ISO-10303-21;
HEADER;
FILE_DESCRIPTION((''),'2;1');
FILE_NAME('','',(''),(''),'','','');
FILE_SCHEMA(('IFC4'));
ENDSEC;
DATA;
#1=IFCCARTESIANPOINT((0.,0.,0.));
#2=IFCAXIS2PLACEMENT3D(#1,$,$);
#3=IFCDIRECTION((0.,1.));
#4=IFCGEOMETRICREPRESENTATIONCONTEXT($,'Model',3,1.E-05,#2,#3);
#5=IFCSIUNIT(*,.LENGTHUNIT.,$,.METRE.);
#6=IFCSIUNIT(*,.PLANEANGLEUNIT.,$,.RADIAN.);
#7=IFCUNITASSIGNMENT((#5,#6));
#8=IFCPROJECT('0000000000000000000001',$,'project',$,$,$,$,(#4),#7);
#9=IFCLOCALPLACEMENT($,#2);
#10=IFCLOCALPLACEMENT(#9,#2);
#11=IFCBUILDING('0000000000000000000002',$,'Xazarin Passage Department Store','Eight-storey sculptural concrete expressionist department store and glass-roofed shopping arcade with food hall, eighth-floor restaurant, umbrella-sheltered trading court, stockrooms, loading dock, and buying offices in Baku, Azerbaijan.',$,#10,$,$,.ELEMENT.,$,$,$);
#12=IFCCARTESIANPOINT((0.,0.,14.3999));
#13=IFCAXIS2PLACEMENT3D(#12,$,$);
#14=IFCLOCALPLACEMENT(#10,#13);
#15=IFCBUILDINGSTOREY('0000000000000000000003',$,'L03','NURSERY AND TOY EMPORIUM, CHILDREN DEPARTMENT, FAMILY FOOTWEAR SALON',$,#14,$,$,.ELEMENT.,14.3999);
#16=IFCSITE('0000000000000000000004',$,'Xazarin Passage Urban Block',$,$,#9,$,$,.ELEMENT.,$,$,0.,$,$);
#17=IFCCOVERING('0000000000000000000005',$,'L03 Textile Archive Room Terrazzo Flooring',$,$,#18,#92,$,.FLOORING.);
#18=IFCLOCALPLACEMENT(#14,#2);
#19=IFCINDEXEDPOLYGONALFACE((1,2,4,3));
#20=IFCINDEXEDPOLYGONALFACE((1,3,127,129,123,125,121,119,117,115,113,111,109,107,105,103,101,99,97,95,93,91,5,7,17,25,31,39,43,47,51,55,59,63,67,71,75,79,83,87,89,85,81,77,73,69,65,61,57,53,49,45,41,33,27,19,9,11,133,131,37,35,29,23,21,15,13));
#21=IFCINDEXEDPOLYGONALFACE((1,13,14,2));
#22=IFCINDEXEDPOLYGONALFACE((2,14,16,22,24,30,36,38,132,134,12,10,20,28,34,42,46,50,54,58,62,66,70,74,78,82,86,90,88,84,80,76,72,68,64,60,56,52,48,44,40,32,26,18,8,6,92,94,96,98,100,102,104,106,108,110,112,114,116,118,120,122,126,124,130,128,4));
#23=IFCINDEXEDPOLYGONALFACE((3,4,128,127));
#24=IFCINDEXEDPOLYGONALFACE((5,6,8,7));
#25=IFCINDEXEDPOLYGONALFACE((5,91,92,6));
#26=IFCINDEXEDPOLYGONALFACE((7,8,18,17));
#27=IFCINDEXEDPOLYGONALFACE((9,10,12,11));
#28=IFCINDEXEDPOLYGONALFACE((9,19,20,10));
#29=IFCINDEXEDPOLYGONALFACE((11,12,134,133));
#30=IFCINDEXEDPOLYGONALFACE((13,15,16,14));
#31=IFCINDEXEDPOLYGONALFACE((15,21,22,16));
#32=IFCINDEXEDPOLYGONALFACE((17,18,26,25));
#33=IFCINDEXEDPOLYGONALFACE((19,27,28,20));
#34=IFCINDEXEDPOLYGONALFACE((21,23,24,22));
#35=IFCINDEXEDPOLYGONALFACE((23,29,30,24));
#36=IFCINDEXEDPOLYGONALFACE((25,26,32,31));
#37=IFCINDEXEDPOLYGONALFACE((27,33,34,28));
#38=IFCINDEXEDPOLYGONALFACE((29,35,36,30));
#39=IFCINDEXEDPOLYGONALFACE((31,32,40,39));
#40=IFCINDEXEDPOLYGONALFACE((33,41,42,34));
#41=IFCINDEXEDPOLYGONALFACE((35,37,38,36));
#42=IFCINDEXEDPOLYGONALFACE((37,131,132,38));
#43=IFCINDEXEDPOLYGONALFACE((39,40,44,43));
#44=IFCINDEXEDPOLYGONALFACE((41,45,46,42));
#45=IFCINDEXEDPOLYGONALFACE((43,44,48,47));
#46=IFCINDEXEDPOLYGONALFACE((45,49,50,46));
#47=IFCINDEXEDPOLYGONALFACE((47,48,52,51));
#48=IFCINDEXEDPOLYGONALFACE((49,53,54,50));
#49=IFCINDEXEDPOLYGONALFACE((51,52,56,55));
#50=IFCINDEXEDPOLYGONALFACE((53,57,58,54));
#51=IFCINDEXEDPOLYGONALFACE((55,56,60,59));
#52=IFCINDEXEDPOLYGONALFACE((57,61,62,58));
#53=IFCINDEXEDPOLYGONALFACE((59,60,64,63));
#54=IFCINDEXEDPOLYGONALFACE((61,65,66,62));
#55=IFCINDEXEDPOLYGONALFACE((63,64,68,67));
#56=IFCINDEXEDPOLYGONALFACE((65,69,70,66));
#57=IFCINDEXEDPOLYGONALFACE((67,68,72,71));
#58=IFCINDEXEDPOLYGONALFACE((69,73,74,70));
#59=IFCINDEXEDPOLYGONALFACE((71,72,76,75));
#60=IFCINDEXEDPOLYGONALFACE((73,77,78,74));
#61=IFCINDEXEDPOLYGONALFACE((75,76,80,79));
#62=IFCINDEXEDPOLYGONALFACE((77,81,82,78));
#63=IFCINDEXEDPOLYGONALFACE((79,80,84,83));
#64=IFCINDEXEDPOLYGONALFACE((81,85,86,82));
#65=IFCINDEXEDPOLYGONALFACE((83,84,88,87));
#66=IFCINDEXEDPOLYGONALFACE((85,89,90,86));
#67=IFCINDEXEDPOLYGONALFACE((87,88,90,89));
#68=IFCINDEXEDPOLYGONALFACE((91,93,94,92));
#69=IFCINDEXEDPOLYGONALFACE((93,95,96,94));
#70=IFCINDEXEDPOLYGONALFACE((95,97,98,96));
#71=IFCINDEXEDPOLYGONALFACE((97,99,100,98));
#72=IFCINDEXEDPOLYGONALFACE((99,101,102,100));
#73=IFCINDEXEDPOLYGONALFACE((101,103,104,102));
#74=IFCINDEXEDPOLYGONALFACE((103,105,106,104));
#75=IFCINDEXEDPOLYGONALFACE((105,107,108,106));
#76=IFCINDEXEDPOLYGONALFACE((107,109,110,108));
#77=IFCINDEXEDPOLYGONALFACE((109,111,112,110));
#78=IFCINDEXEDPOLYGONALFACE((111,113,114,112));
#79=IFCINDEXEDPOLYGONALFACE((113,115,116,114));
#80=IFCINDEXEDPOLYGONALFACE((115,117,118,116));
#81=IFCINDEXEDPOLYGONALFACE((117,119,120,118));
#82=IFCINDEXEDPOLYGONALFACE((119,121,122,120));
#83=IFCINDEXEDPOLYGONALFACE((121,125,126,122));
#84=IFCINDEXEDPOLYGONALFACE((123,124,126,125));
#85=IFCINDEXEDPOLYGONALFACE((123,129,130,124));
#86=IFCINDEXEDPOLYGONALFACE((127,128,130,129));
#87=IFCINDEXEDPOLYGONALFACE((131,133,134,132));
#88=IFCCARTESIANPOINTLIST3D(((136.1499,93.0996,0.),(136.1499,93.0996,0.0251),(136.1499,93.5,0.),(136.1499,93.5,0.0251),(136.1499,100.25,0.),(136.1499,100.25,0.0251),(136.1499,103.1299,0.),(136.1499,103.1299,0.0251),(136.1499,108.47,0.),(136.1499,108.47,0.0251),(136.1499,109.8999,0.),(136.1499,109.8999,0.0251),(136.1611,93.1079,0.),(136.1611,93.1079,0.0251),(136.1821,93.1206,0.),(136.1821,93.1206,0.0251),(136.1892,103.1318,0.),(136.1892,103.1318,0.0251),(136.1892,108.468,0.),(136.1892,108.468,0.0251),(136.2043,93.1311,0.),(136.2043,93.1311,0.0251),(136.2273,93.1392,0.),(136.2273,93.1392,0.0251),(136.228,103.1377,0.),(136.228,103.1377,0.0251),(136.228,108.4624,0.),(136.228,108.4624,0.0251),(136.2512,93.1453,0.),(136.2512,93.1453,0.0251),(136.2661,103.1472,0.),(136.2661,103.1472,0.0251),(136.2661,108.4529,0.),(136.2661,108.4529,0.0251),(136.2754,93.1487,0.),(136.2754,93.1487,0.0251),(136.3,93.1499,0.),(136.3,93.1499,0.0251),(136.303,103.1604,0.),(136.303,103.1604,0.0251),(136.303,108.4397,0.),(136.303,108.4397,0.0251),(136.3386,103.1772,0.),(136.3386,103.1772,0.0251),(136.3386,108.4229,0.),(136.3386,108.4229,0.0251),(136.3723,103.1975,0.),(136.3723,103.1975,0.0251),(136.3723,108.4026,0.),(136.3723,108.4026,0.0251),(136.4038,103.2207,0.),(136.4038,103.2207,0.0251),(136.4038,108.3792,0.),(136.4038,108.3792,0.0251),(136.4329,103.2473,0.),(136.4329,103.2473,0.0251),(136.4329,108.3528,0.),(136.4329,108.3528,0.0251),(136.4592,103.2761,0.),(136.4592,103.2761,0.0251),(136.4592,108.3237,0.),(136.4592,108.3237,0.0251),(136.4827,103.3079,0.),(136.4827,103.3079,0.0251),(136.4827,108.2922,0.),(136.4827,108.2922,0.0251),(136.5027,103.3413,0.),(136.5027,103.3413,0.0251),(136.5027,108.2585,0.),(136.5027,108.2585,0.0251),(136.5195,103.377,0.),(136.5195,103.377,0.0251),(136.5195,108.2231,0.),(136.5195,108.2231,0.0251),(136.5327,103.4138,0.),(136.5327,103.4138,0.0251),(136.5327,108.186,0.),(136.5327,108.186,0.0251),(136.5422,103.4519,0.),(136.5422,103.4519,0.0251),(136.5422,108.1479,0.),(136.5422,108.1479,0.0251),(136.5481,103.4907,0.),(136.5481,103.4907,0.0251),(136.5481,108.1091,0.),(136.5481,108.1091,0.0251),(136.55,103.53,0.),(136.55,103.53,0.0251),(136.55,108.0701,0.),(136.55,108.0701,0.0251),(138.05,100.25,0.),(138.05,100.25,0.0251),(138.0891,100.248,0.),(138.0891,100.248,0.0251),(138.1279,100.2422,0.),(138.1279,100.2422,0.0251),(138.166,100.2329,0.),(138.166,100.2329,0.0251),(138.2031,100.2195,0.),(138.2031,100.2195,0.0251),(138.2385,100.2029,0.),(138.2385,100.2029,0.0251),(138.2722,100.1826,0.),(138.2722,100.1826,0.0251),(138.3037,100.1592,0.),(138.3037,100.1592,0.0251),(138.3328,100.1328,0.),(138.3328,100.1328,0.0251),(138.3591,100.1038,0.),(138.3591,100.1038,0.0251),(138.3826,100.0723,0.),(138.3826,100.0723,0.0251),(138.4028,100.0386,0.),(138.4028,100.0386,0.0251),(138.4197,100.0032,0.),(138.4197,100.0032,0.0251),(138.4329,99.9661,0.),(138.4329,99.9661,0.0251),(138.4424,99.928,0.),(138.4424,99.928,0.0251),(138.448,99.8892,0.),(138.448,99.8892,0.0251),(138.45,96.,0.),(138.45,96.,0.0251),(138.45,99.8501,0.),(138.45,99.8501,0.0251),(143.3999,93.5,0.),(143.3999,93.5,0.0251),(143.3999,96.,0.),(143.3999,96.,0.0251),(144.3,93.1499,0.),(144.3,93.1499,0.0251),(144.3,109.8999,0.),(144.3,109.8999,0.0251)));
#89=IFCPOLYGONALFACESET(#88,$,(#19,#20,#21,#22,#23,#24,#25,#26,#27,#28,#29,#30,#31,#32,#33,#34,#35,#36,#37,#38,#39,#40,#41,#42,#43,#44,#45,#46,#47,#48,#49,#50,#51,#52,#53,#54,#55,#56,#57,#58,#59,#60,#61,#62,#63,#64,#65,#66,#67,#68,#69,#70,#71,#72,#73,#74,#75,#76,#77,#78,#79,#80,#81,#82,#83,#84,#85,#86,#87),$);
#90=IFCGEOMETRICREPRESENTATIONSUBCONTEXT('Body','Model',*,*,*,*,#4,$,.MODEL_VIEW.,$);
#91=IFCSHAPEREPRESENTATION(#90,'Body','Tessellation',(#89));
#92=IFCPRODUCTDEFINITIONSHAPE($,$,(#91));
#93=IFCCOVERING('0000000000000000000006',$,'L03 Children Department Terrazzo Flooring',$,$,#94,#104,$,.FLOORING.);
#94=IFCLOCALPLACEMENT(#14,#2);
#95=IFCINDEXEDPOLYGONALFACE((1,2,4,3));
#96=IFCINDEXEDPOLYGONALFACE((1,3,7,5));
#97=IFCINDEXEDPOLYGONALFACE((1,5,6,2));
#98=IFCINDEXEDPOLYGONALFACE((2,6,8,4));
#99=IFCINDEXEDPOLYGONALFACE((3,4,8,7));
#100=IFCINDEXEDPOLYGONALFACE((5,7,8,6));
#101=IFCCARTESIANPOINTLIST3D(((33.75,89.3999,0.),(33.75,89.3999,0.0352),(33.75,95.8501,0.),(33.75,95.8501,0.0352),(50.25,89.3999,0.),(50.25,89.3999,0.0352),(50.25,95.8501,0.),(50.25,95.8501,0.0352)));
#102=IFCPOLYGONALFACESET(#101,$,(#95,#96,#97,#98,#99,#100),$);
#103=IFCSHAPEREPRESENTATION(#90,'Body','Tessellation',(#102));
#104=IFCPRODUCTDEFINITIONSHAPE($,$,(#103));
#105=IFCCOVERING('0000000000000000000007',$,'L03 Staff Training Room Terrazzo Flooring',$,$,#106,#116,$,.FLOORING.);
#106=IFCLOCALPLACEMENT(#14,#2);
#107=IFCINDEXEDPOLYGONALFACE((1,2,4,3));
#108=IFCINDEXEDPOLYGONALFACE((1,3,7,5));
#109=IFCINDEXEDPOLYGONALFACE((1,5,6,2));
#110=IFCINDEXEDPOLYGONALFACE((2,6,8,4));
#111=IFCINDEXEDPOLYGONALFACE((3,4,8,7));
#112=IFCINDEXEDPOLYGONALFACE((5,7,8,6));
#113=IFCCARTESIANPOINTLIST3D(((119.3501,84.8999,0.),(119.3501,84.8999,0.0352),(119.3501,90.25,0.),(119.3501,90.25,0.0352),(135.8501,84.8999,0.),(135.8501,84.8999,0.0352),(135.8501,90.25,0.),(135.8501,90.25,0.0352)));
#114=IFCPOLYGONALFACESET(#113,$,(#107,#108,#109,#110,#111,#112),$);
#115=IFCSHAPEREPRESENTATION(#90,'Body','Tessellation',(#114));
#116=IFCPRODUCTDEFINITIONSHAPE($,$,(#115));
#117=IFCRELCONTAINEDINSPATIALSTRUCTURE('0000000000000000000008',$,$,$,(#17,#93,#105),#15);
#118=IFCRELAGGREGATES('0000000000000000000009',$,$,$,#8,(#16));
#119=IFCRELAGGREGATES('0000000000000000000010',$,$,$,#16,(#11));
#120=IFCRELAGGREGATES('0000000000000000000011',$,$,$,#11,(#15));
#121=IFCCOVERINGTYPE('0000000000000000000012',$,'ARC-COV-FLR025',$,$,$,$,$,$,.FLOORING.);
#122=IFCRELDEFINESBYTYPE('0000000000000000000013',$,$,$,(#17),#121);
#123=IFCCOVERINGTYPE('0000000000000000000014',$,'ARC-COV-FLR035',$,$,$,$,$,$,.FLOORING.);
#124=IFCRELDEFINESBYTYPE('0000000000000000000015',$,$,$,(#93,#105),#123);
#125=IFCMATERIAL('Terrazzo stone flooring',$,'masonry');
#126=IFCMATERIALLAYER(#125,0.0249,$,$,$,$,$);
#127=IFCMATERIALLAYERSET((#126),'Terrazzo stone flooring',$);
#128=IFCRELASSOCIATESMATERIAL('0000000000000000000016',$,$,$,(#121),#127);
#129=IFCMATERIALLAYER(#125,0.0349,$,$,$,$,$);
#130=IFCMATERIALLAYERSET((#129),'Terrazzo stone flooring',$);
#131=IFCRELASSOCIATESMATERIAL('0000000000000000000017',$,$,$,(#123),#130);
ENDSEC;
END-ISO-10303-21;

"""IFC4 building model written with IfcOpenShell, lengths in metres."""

from ifc_helpers import new_model, si_unit, direction, frame, origin, place, context, subcontext, project, spatial, polyline, outline, extrude, material, layer, layer_set, type_object, element, save


model = new_model("IFC4")

# Units and contexts
model_context = context("Model", 3, precision=1e-05, world=origin(), true_north=direction((0.0, 1.0)))
body_context = subcontext(model_context, "Body", "Model", "MODEL_VIEW")
ifc_project = project(units=[si_unit("LENGTHUNIT", "METRE"), si_unit("PLANEANGLEUNIT", "RADIAN")], contexts=[model_context])

# Site, building, storey
site_placement = place(None, origin())
site = spatial("IfcSite", under=ifc_project, at=site_placement, Name="Xazarin Passage Urban Block", CompositionType="ELEMENT", RefElevation=0.0)
building_placement = place(site_placement, origin())
building = spatial("IfcBuilding", under=site, at=building_placement, Name="Xazarin Passage Department Store", Description="Eight-storey sculptural concrete expressionist department store and glass-roofed shopping arcade with food hall, eighth-floor restaurant, umbrella-sheltered trading court, stockrooms, loading dock, and buying offices in Baku, Azerbaijan.", CompositionType="ELEMENT")
storey_placement = place(building_placement, frame((0.0, 0.0, 14.3999)))
storey = spatial("IfcBuildingStorey", under=building, at=storey_placement, Name="L03", Description="NURSERY AND TOY EMPORIUM, CHILDREN DEPARTMENT, FAMILY FOOTWEAR SALON", CompositionType="ELEMENT", Elevation=14.3999)

# Coverings
ifc_material_1 = material(Name="Terrazzo stone flooring", Category="masonry")
ifc_layer_1 = layer(ifc_material_1, 0.0249)
ifc_layer_set_1 = layer_set([ifc_layer_1], Name="Terrazzo stone flooring")
covering_type_1 = type_object("IfcCoveringType", Name="ARC-COV-FLR025", PredefinedType="FLOORING", material=ifc_layer_set_1)
covering_1_placement = place(storey_placement, origin())
element("IfcCovering", 1, at=covering_1_placement, inside=storey, type_object=covering_type_1, Name="L03 Textile Archive Room Terrazzo Flooring", PredefinedType="FLOORING", context=body_context, shape_type="SweptSolid", body=[
    extrude(outline(polyline([(136.1499, 108.47), (136.1892, 108.468), (136.228, 108.4624), (136.2661, 108.4529), (136.303, 108.4397), (136.3386, 108.4229), (136.3723, 108.4026), (136.4038, 108.3792), (136.4329, 108.3528), (136.4592, 108.3237), (136.4827, 108.2922), (136.5027, 108.2585), (136.5195, 108.2231), (136.5327, 108.186), (136.5422, 108.1479), (136.5481, 108.1091), (136.55, 108.0701), (136.55, 103.53), (136.5481, 103.4907), (136.5422, 103.4519), (136.5327, 103.4138), (136.5195, 103.377), (136.5027, 103.3413), (136.4827, 103.3079), (136.4592, 103.2761), (136.4329, 103.2473), (136.4038, 103.2207), (136.3723, 103.1975), (136.3386, 103.1772), (136.303, 103.1604), (136.2661, 103.1472), (136.228, 103.1377), (136.1892, 103.1318), (136.1499, 103.1299), (136.1499, 100.25), (138.05, 100.25), (138.0891, 100.248), (138.1279, 100.2422), (138.166, 100.2329), (138.2031, 100.2195), (138.2385, 100.2029), (138.2722, 100.1826), (138.3037, 100.1592), (138.3328, 100.1328), (138.3591, 100.1038), (138.3826, 100.0723), (138.4028, 100.0386), (138.4197, 100.0032), (138.4329, 99.9661), (138.4424, 99.928), (138.448, 99.8892), (138.45, 99.8501), (138.45, 96.0), (143.3999, 96.0), (143.3999, 93.5), (136.1499, 93.5), (136.1499, 93.0996), (136.1611, 93.1079), (136.1821, 93.1206), (136.2043, 93.1311), (136.2273, 93.1392), (136.2512, 93.1453), (136.2754, 93.1487), (136.3, 93.1499), (144.3, 93.1499), (144.3, 109.8999), (136.1499, 109.8999), (136.1499, 108.47)])), origin(), (0.0, 0.0, 1.0), 0.0251),
])
ifc_layer_2 = layer(ifc_material_1, 0.0349)
ifc_layer_set_2 = layer_set([ifc_layer_2], Name="Terrazzo stone flooring")
covering_type_2 = type_object("IfcCoveringType", Name="ARC-COV-FLR035", PredefinedType="FLOORING", material=ifc_layer_set_2)
covering_2_placement = place(storey_placement, origin())
element("IfcCovering", 2, at=covering_2_placement, inside=storey, type_object=covering_type_2, Name="L03 Children Department Terrazzo Flooring", PredefinedType="FLOORING", context=body_context, shape_type="SweptSolid", body=[
    extrude(outline(polyline([(33.75, 89.3999), (50.25, 89.3999), (50.25, 95.8501), (33.75, 95.8501), (33.75, 89.3999)])), origin(), (0.0, 0.0, 1.0), 0.0352),
])
covering_3_placement = place(storey_placement, origin())
element("IfcCovering", 3, at=covering_3_placement, inside=storey, type_object=covering_type_2, Name="L03 Staff Training Room Terrazzo Flooring", PredefinedType="FLOORING", context=body_context, shape_type="SweptSolid", body=[
    extrude(outline(polyline([(119.3501, 84.8999), (135.8501, 84.8999), (135.8501, 90.25), (119.3501, 90.25), (119.3501, 84.8999)])), origin(), (0.0, 0.0, 1.0), 0.0352),
])

save(model, "model.ifc")
